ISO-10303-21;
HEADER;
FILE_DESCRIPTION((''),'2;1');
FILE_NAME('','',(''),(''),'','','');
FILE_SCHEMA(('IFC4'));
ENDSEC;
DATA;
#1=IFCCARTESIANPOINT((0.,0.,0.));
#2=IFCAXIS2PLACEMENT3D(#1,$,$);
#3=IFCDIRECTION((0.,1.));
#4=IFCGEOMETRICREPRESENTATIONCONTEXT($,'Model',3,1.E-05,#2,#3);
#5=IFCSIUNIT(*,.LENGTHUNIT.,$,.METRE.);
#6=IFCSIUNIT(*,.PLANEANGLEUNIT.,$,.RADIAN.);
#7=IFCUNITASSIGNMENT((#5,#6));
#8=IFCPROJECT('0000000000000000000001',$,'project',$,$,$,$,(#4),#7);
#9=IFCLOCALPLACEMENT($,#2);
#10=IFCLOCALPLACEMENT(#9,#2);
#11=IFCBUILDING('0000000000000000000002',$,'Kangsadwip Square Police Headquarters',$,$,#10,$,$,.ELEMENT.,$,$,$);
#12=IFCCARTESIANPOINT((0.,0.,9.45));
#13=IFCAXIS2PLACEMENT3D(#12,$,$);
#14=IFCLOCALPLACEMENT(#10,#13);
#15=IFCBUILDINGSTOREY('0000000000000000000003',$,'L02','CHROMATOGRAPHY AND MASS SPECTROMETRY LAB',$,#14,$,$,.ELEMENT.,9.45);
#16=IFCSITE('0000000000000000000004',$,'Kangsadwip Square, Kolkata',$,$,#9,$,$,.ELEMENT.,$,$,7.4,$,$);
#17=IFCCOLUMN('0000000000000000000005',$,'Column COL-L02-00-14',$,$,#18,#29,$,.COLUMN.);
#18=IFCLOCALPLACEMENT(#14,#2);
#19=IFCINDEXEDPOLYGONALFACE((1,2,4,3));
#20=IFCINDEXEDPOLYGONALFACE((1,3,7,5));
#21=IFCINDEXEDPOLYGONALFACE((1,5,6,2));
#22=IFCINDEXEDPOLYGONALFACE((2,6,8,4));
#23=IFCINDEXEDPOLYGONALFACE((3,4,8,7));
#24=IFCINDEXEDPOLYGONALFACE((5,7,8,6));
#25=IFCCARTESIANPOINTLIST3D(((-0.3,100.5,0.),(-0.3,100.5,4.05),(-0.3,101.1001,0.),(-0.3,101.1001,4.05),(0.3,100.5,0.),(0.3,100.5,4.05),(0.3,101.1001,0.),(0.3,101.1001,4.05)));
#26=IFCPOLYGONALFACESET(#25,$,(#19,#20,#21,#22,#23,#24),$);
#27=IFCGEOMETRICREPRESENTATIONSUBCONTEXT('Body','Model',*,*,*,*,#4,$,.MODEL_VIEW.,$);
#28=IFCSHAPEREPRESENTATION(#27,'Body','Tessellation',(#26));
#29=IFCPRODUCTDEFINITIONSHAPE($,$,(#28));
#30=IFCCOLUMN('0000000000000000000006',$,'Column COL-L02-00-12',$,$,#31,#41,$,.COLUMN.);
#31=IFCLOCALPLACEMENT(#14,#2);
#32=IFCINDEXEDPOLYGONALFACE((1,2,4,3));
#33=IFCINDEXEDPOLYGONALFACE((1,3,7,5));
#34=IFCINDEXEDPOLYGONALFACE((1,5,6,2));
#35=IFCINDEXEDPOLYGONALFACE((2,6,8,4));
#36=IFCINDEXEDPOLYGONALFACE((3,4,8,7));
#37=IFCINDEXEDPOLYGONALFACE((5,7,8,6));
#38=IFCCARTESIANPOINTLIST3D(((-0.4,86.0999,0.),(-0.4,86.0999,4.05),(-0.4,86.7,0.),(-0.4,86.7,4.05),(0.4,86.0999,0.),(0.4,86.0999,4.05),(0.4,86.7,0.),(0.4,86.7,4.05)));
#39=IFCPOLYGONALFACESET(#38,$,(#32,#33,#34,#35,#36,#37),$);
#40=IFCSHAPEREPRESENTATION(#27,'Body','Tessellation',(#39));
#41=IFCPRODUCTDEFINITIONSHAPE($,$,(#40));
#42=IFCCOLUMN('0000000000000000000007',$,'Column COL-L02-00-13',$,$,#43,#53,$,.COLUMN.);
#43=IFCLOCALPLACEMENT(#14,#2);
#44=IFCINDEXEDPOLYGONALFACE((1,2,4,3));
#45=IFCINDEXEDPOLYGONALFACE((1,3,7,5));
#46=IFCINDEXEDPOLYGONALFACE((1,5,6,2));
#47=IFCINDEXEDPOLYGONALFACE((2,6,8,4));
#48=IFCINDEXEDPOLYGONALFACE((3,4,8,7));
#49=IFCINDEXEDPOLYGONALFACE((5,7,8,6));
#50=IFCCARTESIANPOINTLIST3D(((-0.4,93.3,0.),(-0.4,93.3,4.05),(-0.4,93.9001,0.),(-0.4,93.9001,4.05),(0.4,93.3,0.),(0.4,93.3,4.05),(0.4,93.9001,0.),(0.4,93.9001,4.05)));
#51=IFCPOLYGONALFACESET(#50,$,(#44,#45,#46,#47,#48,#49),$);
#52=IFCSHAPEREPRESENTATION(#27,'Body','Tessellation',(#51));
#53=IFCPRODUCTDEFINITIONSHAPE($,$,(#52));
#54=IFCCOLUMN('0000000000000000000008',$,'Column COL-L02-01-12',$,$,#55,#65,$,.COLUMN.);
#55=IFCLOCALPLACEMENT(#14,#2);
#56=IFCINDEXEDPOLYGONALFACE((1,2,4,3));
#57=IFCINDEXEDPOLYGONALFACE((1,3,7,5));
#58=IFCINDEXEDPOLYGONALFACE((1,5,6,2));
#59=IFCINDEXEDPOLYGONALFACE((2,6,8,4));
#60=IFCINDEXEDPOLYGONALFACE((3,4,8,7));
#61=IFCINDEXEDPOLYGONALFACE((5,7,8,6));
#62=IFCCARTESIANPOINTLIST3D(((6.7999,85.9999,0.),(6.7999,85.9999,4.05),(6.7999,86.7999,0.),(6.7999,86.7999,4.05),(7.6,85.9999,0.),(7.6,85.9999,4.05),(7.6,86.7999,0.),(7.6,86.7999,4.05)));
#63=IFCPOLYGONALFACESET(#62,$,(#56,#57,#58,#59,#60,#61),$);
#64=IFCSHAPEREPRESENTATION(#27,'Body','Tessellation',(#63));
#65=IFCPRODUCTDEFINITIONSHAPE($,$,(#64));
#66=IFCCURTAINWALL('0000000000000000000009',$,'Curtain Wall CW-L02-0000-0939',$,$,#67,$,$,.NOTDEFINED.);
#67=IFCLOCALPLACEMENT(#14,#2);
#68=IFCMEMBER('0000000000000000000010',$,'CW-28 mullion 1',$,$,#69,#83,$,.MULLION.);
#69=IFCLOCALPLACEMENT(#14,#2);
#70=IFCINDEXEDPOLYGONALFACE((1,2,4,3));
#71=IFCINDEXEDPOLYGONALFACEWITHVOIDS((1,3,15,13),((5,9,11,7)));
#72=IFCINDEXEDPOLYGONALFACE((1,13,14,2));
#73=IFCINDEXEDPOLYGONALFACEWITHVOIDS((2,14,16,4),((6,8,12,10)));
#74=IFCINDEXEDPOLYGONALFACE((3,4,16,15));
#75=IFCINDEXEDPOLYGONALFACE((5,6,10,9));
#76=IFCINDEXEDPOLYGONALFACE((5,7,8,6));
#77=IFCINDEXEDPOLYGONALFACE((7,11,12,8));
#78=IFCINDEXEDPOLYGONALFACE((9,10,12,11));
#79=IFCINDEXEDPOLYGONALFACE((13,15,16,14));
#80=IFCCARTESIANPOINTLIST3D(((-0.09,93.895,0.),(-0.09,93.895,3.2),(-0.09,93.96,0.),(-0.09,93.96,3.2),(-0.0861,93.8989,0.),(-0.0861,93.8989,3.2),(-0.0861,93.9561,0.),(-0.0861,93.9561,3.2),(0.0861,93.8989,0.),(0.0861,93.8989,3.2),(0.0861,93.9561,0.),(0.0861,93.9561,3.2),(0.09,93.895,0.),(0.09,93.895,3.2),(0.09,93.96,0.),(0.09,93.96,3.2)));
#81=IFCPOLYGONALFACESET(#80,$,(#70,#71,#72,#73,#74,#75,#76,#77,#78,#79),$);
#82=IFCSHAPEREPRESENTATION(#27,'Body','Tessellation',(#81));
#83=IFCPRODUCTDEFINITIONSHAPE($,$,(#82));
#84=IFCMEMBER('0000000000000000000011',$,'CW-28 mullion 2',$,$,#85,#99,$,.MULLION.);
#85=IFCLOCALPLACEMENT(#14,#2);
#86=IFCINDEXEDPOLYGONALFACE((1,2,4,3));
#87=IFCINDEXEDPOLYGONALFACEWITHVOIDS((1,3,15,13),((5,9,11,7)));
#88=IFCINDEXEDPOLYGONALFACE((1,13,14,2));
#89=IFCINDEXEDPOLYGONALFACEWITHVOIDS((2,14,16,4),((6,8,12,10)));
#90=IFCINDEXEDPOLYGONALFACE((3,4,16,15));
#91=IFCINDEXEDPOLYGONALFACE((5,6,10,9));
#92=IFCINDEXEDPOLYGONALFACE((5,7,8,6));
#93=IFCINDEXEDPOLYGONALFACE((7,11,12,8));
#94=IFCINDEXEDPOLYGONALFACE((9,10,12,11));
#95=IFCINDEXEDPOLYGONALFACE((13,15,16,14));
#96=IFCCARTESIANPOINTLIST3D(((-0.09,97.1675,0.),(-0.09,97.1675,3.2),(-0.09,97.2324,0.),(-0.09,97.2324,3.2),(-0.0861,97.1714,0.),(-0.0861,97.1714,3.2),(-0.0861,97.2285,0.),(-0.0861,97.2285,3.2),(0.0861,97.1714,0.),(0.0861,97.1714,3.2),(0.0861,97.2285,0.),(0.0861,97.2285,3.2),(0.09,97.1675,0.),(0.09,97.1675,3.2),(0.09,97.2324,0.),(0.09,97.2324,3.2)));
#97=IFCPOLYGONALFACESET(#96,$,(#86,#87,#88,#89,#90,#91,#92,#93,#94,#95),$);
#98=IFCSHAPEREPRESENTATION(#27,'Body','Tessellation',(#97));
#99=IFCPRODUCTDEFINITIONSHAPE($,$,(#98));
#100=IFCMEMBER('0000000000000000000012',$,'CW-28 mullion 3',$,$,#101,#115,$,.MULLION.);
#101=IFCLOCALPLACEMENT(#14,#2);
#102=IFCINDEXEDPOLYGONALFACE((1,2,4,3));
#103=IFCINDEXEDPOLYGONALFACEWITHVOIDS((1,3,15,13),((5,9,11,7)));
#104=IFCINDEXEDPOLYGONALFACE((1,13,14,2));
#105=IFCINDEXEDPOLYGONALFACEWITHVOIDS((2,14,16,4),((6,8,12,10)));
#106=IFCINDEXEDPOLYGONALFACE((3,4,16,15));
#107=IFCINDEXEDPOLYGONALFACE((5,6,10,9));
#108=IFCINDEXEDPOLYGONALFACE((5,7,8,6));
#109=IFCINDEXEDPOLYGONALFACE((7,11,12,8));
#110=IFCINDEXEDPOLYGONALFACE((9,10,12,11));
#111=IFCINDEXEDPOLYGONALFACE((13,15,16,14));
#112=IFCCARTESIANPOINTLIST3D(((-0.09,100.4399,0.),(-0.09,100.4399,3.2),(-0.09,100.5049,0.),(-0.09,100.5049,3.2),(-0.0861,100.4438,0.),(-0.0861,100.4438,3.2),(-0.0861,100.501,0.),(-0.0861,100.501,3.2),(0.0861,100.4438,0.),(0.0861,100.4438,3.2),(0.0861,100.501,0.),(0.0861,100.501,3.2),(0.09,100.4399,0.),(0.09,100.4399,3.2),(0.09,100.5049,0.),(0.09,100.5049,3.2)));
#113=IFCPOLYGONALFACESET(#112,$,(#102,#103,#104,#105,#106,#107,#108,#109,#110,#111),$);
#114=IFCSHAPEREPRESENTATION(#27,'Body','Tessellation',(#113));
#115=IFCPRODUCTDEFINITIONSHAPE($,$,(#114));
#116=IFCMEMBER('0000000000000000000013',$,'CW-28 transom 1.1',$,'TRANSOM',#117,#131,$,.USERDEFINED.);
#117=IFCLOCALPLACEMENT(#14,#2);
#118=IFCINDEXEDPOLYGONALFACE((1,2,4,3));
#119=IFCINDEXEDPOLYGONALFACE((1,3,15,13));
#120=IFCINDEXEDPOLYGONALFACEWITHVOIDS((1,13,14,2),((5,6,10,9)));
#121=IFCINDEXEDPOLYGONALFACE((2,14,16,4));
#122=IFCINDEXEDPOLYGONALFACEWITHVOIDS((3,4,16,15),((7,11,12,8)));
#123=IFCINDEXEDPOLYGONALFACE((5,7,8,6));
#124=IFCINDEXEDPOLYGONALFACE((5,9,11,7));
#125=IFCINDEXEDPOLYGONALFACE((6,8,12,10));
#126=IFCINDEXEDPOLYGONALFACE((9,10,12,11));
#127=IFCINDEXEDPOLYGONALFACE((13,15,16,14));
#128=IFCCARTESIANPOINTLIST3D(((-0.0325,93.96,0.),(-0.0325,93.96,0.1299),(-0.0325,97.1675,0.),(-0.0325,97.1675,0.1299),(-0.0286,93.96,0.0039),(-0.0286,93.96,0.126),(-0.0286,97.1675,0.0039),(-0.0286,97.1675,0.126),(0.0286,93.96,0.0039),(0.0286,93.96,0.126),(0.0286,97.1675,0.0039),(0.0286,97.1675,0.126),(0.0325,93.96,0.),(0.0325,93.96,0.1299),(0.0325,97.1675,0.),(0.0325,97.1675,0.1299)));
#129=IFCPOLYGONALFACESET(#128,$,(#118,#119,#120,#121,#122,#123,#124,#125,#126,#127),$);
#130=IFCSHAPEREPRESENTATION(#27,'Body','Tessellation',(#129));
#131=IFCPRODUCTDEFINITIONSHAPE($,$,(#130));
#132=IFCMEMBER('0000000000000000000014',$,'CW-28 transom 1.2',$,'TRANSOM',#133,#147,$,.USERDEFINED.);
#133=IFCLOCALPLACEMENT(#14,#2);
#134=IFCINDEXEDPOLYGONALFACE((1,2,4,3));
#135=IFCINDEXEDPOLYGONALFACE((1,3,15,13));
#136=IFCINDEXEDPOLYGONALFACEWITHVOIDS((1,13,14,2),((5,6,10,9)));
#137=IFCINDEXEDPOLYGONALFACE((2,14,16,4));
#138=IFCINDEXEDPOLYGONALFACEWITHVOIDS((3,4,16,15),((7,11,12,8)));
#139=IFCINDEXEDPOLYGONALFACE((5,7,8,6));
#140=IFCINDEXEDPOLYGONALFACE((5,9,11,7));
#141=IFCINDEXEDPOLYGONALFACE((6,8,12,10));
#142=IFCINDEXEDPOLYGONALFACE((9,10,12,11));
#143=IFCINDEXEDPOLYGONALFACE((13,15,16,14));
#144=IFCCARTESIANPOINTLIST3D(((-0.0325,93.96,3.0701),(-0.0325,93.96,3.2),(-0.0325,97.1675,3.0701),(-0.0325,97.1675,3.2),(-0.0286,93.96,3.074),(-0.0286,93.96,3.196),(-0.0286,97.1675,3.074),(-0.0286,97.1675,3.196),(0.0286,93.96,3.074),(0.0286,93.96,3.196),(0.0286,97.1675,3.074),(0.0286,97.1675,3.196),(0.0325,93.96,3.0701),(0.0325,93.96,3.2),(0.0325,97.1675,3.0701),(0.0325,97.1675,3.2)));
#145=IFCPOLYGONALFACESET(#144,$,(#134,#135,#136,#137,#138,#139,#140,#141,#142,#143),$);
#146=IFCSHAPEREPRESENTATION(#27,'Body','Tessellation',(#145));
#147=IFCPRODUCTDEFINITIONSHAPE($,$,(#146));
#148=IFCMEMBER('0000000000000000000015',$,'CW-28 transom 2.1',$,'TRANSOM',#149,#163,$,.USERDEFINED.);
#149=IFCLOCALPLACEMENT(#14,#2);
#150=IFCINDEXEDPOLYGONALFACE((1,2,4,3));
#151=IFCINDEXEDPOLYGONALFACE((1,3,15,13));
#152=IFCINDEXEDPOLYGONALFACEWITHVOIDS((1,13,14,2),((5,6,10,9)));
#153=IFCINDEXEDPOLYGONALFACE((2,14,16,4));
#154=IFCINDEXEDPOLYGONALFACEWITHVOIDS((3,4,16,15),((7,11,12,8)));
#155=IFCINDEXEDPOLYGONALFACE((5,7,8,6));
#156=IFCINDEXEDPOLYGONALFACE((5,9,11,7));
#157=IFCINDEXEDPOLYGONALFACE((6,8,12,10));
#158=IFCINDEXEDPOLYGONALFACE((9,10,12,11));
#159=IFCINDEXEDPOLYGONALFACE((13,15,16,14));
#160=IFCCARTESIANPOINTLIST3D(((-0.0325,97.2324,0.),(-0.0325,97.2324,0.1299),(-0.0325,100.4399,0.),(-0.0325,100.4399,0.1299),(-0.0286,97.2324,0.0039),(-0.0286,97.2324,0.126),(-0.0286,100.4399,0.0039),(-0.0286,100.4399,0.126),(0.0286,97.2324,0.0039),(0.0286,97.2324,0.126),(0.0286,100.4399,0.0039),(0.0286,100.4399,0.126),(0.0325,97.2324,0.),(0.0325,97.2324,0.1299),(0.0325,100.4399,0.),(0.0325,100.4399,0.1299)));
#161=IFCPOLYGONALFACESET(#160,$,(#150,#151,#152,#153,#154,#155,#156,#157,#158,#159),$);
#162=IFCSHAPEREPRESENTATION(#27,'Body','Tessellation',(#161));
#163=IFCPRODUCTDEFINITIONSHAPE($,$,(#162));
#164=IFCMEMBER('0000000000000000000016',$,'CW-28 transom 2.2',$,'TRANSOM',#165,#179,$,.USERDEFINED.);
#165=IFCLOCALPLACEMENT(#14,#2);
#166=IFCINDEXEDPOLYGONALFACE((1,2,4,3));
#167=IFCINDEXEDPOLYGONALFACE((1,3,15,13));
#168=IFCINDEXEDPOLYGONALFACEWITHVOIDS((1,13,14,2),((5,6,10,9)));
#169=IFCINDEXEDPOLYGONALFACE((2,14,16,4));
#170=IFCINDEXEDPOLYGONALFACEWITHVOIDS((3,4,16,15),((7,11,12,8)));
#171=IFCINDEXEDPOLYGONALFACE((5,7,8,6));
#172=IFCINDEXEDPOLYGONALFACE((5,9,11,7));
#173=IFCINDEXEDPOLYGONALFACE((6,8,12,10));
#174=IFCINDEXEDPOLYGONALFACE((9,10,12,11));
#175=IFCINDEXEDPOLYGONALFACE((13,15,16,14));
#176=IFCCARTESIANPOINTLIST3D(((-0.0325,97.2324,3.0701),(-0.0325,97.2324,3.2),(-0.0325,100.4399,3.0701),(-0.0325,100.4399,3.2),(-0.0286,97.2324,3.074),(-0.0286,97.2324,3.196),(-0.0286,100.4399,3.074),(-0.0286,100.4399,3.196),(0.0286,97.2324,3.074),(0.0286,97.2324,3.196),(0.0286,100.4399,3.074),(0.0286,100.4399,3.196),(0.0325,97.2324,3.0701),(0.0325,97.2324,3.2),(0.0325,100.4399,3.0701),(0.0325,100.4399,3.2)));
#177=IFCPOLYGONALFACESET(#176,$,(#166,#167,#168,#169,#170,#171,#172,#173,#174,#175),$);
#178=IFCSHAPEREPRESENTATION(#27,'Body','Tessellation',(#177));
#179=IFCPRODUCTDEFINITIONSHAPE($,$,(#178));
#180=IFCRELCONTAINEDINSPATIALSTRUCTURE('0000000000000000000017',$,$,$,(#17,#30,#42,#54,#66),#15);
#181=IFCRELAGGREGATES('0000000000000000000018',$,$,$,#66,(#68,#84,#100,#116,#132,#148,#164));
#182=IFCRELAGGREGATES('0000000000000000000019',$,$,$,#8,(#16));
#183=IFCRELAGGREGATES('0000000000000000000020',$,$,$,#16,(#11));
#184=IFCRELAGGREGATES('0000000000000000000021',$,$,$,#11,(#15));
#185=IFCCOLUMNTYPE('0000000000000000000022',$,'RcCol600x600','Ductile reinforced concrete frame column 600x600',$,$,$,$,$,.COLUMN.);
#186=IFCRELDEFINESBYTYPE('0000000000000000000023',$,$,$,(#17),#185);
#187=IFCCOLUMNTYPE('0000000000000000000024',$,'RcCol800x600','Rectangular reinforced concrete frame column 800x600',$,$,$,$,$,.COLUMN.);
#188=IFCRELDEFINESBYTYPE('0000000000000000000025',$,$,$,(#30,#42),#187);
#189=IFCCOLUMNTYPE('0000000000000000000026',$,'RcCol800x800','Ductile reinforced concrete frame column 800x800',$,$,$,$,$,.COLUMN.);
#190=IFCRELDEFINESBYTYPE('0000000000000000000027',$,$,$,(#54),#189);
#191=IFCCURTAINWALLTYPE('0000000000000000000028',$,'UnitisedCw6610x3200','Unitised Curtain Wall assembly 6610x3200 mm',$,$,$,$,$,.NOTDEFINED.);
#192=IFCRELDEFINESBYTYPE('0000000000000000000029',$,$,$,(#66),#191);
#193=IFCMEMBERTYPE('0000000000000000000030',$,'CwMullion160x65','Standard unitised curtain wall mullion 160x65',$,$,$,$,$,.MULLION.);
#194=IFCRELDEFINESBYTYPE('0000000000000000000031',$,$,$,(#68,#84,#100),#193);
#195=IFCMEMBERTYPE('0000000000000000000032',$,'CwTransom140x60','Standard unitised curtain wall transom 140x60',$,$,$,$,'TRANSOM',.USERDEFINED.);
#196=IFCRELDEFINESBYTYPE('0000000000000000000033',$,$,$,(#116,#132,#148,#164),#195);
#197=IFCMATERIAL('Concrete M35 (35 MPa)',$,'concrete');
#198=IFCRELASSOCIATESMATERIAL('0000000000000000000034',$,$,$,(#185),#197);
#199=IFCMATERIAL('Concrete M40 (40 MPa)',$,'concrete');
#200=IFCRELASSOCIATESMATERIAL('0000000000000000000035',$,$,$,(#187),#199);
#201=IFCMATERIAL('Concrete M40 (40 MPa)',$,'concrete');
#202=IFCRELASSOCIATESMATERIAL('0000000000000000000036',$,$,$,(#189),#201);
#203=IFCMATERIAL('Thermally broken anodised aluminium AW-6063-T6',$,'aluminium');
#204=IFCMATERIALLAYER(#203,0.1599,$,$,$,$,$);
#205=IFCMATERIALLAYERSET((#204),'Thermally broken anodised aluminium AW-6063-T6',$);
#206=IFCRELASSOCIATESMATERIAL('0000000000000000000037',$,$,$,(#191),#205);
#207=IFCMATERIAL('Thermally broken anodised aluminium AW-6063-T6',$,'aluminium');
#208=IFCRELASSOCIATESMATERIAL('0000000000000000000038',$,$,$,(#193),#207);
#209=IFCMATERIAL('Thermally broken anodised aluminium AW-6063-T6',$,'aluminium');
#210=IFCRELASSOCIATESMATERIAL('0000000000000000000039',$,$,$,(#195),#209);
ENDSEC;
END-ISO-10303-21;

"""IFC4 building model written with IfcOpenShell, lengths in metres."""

from ifc_helpers import new_model, si_unit, direction, frame, origin, origin_2d, place, context, subcontext, project, spatial, rectangle, hollow_rectangle, extrude, material, layer, layer_set, material_profile, profile_set, type_object, element, aggregate, save


model = new_model("IFC4")

# Units and contexts
model_context = context("Model", 3, precision=1e-05, world=origin(), true_north=direction((0.0, 1.0)))
body_context = subcontext(model_context, "Body", "Model", "MODEL_VIEW")
ifc_project = project(units=[si_unit("LENGTHUNIT", "METRE"), si_unit("PLANEANGLEUNIT", "RADIAN")], contexts=[model_context])

# Site, building, storey
site_placement = place(None, origin())
site = spatial("IfcSite", under=ifc_project, at=site_placement, Name="Kangsadwip Square, Kolkata", CompositionType="ELEMENT", RefElevation=7.4)
building_placement = place(site_placement, origin())
building = spatial("IfcBuilding", under=site, at=building_placement, Name="Kangsadwip Square Police Headquarters", CompositionType="ELEMENT")
storey_placement = place(building_placement, frame((0.0, 0.0, 9.45)))
storey = spatial("IfcBuildingStorey", under=building, at=storey_placement, Name="L02", Description="CHROMATOGRAPHY AND MASS SPECTROMETRY LAB", CompositionType="ELEMENT", Elevation=9.45)

# Columns
ifc_material_1 = material(Name="Concrete M35 (35 MPa)", Category="concrete")
ifc_material_profile_1 = material_profile(ifc_material_1, rectangle(XDim=0.6001, YDim=0.6001, at=origin_2d()), Name="RC COL 600X600")
ifc_profile_set_1 = profile_set([ifc_material_profile_1], Name="Concrete M35 (35 MPa)")
column_type_1 = type_object("IfcColumnType", Name="RcCol600x600", Description="Ductile reinforced concrete frame column 600x600", PredefinedType="COLUMN", material=ifc_profile_set_1)
column_1_placement = place(storey_placement, frame((0.0, 100.8, 0.0), z_axis=(0.0, 0.0, 1.0), x_axis=(1.0, 0.0, 0.0)))
element("IfcColumn", 1, at=column_1_placement, inside=storey, type_object=column_type_1, Name="Column COL-L02-00-14", PredefinedType="COLUMN", context=body_context, shape_type="SweptSolid", body=[
    extrude(rectangle(XDim=0.6001, YDim=0.6001, at=origin_2d()), origin(), (0.0, 0.0, 1.0), 4.05),
])
ifc_material_2 = material(Name="Concrete M40 (40 MPa)", Category="concrete")
ifc_material_profile_2 = material_profile(ifc_material_2, rectangle(XDim=0.6001, YDim=0.8, at=origin_2d()), Name="RC COL 800X600")
ifc_profile_set_2 = profile_set([ifc_material_profile_2], Name="Concrete M40 (40 MPa)")
column_type_2 = type_object("IfcColumnType", Name="RcCol800x600", Description="Rectangular reinforced concrete frame column 800x600", PredefinedType="COLUMN", material=ifc_profile_set_2)
for number, where, z_axis, x_axis, name in (
    (2, (0.0, 86.3999, 0.0), (0.0, 0.0, 1.0), (0.0, 1.0, 0.0), "Column COL-L02-00-12"),
    (3, (0.0, 93.6001, 0.0), (0.0, 0.0, 1.0), (0.0, 1.0, 0.0), "Column COL-L02-00-13"),
):
    element("IfcColumn", number, at=place(storey_placement, frame(where, z_axis=z_axis, x_axis=x_axis)), inside=storey, type_object=column_type_2, Name=name, PredefinedType="COLUMN", context=body_context, shape_type="SweptSolid", body=[
        extrude(rectangle(XDim=0.6001, YDim=0.8, at=origin_2d()), origin(), (0.0, 0.0, 1.0), 4.05),
    ])
ifc_material_3 = material(Name="Concrete M40 (40 MPa)", Category="concrete")
ifc_material_profile_3 = material_profile(ifc_material_3, rectangle(XDim=0.8, YDim=0.8, at=origin_2d()), Name="RC COL 800X800")
ifc_profile_set_3 = profile_set([ifc_material_profile_3], Name="Concrete M40 (40 MPa)")
column_type_3 = type_object("IfcColumnType", Name="RcCol800x800", Description="Ductile reinforced concrete frame column 800x800", PredefinedType="COLUMN", material=ifc_profile_set_3)
column_2_placement = place(storey_placement, frame((7.2, 86.3999, 0.0), z_axis=(0.0, 0.0, 1.0), x_axis=(1.0, 0.0, 0.0)))
element("IfcColumn", 4, at=column_2_placement, inside=storey, type_object=column_type_3, Name="Column COL-L02-01-12", PredefinedType="COLUMN", context=body_context, shape_type="SweptSolid", body=[
    extrude(rectangle(XDim=0.8, YDim=0.8, at=origin_2d()), origin(), (0.0, 0.0, 1.0), 4.05),
])

# Curtain wall, members
ifc_material_4 = material(Name="Thermally broken anodised aluminium AW-6063-T6", Category="aluminium")
ifc_layer_1 = layer(ifc_material_4, 0.1599)
ifc_layer_set_1 = layer_set([ifc_layer_1], Name="Thermally broken anodised aluminium AW-6063-T6")
curtain_wall_type = type_object("IfcCurtainWallType", Name="UnitisedCw6610x3200", Description="Unitised Curtain Wall assembly 6610x3200 mm", PredefinedType="NOTDEFINED", material=ifc_layer_set_1)
curtain_wall_placement = place(storey_placement, origin())
curtain_wall = element("IfcCurtainWall", 5, at=curtain_wall_placement, inside=storey, type_object=curtain_wall_type, Name="Curtain Wall CW-L02-0000-0939", PredefinedType="NOTDEFINED")
ifc_material_5 = material(Name="Thermally broken anodised aluminium AW-6063-T6", Category="aluminium")
ifc_material_profile_4 = material_profile(ifc_material_5, hollow_rectangle(XDim=0.0649, YDim=0.1799, WallThickness=0.0039, at=origin_2d()), Name="CWM 180X65X4")
ifc_profile_set_4 = profile_set([ifc_material_profile_4], Name="Thermally broken anodised aluminium AW-6063-T6")
member_type_1 = type_object("IfcMemberType", Name="CwMullion160x65", Description="Standard unitised curtain wall mullion 160x65", PredefinedType="MULLION", material=ifc_profile_set_4)
member_1_placement = place(storey_placement, frame((0.0, 93.9275, 0.0), z_axis=(0.0, 0.0, 1.0), x_axis=(0.0, 1.0, 0.0)))
member_1 = element("IfcMember", 6, at=member_1_placement, type_object=member_type_1, Name="CW-28 mullion 1", PredefinedType="MULLION", context=body_context, shape_type="SweptSolid", body=[
    extrude(hollow_rectangle(XDim=0.0649, YDim=0.1799, WallThickness=0.0039, at=origin_2d()), origin(), (0.0, 0.0, 1.0), 3.2),
])
member_2_placement = place(storey_placement, frame((0.0, 97.2, 0.0), z_axis=(0.0, 0.0, 1.0), x_axis=(0.0, 1.0, 0.0)))
member_2 = element("IfcMember", 7, at=member_2_placement, type_object=member_type_1, Name="CW-28 mullion 2", PredefinedType="MULLION", context=body_context, shape_type="SweptSolid", body=[
    extrude(hollow_rectangle(XDim=0.0649, YDim=0.1799, WallThickness=0.0039, at=origin_2d()), origin(), (0.0, 0.0, 1.0), 3.2),
])
member_3_placement = place(storey_placement, frame((0.0, 100.4724, 0.0), z_axis=(0.0, 0.0, 1.0), x_axis=(0.0, 1.0, 0.0)))
member_3 = element("IfcMember", 8, at=member_3_placement, type_object=member_type_1, Name="CW-28 mullion 3", PredefinedType="MULLION", context=body_context, shape_type="SweptSolid", body=[
    extrude(hollow_rectangle(XDim=0.0649, YDim=0.1799, WallThickness=0.0039, at=origin_2d()), origin(), (0.0, 0.0, 1.0), 3.2),
])
ifc_material_6 = material(Name="Thermally broken anodised aluminium AW-6063-T6", Category="aluminium")
ifc_material_profile_5 = material_profile(ifc_material_6, hollow_rectangle(XDim=0.0649, YDim=0.1299, WallThickness=0.0039, at=origin_2d()), Name="CWT 130X65X4")
ifc_profile_set_5 = profile_set([ifc_material_profile_5], Name="Thermally broken anodised aluminium AW-6063-T6")
member_type_2 = type_object("IfcMemberType", Name="CwTransom140x60", Description="Standard unitised curtain wall transom 140x60", ElementType="TRANSOM", PredefinedType="USERDEFINED", material=ifc_profile_set_5)
member_4_placement = place(storey_placement, frame((0.0, 93.96, 0.0649), z_axis=(0.0, 1.0, 0.0), x_axis=(-1.0, 0.0, 0.0)))
member_4 = element("IfcMember", 9, at=member_4_placement, type_object=member_type_2, Name="CW-28 transom 1.1", ObjectType="TRANSOM", PredefinedType="USERDEFINED", context=body_context, shape_type="SweptSolid", body=[
    extrude(hollow_rectangle(XDim=0.0649, YDim=0.1299, WallThickness=0.0039, at=origin_2d()), origin(), (0.0, 0.0, 1.0), 3.2075),
])
member_5_placement = place(storey_placement, frame((0.0, 93.96, 3.135), z_axis=(0.0, 1.0, 0.0), x_axis=(-1.0, 0.0, 0.0)))
member_5 = element("IfcMember", 10, at=member_5_placement, type_object=member_type_2, Name="CW-28 transom 1.2", ObjectType="TRANSOM", PredefinedType="USERDEFINED", context=body_context, shape_type="SweptSolid", body=[
    extrude(hollow_rectangle(XDim=0.0649, YDim=0.1299, WallThickness=0.0039, at=origin_2d()), origin(), (0.0, 0.0, 1.0), 3.2075),
])
member_6_placement = place(storey_placement, frame((0.0, 97.2324, 0.0649), z_axis=(0.0, 1.0, 0.0), x_axis=(-1.0, 0.0, 0.0)))
member_6 = element("IfcMember", 11, at=member_6_placement, type_object=member_type_2, Name="CW-28 transom 2.1", ObjectType="TRANSOM", PredefinedType="USERDEFINED", context=body_context, shape_type="SweptSolid", body=[
    extrude(hollow_rectangle(XDim=0.0649, YDim=0.1299, WallThickness=0.0039, at=origin_2d()), origin(), (0.0, 0.0, 1.0), 3.2075),
])
member_7_placement = place(storey_placement, frame((0.0, 97.2324, 3.135), z_axis=(0.0, 1.0, 0.0), x_axis=(-1.0, 0.0, 0.0)))
member_7 = element("IfcMember", 12, at=member_7_placement, type_object=member_type_2, Name="CW-28 transom 2.2", ObjectType="TRANSOM", PredefinedType="USERDEFINED", context=body_context, shape_type="SweptSolid", body=[
    extrude(hollow_rectangle(XDim=0.0649, YDim=0.1299, WallThickness=0.0039, at=origin_2d()), origin(), (0.0, 0.0, 1.0), 3.2075),
])

aggregate(curtain_wall, [member_1, member_2, member_3, member_4, member_5, member_6, member_7])

save(model, "model.ifc")
